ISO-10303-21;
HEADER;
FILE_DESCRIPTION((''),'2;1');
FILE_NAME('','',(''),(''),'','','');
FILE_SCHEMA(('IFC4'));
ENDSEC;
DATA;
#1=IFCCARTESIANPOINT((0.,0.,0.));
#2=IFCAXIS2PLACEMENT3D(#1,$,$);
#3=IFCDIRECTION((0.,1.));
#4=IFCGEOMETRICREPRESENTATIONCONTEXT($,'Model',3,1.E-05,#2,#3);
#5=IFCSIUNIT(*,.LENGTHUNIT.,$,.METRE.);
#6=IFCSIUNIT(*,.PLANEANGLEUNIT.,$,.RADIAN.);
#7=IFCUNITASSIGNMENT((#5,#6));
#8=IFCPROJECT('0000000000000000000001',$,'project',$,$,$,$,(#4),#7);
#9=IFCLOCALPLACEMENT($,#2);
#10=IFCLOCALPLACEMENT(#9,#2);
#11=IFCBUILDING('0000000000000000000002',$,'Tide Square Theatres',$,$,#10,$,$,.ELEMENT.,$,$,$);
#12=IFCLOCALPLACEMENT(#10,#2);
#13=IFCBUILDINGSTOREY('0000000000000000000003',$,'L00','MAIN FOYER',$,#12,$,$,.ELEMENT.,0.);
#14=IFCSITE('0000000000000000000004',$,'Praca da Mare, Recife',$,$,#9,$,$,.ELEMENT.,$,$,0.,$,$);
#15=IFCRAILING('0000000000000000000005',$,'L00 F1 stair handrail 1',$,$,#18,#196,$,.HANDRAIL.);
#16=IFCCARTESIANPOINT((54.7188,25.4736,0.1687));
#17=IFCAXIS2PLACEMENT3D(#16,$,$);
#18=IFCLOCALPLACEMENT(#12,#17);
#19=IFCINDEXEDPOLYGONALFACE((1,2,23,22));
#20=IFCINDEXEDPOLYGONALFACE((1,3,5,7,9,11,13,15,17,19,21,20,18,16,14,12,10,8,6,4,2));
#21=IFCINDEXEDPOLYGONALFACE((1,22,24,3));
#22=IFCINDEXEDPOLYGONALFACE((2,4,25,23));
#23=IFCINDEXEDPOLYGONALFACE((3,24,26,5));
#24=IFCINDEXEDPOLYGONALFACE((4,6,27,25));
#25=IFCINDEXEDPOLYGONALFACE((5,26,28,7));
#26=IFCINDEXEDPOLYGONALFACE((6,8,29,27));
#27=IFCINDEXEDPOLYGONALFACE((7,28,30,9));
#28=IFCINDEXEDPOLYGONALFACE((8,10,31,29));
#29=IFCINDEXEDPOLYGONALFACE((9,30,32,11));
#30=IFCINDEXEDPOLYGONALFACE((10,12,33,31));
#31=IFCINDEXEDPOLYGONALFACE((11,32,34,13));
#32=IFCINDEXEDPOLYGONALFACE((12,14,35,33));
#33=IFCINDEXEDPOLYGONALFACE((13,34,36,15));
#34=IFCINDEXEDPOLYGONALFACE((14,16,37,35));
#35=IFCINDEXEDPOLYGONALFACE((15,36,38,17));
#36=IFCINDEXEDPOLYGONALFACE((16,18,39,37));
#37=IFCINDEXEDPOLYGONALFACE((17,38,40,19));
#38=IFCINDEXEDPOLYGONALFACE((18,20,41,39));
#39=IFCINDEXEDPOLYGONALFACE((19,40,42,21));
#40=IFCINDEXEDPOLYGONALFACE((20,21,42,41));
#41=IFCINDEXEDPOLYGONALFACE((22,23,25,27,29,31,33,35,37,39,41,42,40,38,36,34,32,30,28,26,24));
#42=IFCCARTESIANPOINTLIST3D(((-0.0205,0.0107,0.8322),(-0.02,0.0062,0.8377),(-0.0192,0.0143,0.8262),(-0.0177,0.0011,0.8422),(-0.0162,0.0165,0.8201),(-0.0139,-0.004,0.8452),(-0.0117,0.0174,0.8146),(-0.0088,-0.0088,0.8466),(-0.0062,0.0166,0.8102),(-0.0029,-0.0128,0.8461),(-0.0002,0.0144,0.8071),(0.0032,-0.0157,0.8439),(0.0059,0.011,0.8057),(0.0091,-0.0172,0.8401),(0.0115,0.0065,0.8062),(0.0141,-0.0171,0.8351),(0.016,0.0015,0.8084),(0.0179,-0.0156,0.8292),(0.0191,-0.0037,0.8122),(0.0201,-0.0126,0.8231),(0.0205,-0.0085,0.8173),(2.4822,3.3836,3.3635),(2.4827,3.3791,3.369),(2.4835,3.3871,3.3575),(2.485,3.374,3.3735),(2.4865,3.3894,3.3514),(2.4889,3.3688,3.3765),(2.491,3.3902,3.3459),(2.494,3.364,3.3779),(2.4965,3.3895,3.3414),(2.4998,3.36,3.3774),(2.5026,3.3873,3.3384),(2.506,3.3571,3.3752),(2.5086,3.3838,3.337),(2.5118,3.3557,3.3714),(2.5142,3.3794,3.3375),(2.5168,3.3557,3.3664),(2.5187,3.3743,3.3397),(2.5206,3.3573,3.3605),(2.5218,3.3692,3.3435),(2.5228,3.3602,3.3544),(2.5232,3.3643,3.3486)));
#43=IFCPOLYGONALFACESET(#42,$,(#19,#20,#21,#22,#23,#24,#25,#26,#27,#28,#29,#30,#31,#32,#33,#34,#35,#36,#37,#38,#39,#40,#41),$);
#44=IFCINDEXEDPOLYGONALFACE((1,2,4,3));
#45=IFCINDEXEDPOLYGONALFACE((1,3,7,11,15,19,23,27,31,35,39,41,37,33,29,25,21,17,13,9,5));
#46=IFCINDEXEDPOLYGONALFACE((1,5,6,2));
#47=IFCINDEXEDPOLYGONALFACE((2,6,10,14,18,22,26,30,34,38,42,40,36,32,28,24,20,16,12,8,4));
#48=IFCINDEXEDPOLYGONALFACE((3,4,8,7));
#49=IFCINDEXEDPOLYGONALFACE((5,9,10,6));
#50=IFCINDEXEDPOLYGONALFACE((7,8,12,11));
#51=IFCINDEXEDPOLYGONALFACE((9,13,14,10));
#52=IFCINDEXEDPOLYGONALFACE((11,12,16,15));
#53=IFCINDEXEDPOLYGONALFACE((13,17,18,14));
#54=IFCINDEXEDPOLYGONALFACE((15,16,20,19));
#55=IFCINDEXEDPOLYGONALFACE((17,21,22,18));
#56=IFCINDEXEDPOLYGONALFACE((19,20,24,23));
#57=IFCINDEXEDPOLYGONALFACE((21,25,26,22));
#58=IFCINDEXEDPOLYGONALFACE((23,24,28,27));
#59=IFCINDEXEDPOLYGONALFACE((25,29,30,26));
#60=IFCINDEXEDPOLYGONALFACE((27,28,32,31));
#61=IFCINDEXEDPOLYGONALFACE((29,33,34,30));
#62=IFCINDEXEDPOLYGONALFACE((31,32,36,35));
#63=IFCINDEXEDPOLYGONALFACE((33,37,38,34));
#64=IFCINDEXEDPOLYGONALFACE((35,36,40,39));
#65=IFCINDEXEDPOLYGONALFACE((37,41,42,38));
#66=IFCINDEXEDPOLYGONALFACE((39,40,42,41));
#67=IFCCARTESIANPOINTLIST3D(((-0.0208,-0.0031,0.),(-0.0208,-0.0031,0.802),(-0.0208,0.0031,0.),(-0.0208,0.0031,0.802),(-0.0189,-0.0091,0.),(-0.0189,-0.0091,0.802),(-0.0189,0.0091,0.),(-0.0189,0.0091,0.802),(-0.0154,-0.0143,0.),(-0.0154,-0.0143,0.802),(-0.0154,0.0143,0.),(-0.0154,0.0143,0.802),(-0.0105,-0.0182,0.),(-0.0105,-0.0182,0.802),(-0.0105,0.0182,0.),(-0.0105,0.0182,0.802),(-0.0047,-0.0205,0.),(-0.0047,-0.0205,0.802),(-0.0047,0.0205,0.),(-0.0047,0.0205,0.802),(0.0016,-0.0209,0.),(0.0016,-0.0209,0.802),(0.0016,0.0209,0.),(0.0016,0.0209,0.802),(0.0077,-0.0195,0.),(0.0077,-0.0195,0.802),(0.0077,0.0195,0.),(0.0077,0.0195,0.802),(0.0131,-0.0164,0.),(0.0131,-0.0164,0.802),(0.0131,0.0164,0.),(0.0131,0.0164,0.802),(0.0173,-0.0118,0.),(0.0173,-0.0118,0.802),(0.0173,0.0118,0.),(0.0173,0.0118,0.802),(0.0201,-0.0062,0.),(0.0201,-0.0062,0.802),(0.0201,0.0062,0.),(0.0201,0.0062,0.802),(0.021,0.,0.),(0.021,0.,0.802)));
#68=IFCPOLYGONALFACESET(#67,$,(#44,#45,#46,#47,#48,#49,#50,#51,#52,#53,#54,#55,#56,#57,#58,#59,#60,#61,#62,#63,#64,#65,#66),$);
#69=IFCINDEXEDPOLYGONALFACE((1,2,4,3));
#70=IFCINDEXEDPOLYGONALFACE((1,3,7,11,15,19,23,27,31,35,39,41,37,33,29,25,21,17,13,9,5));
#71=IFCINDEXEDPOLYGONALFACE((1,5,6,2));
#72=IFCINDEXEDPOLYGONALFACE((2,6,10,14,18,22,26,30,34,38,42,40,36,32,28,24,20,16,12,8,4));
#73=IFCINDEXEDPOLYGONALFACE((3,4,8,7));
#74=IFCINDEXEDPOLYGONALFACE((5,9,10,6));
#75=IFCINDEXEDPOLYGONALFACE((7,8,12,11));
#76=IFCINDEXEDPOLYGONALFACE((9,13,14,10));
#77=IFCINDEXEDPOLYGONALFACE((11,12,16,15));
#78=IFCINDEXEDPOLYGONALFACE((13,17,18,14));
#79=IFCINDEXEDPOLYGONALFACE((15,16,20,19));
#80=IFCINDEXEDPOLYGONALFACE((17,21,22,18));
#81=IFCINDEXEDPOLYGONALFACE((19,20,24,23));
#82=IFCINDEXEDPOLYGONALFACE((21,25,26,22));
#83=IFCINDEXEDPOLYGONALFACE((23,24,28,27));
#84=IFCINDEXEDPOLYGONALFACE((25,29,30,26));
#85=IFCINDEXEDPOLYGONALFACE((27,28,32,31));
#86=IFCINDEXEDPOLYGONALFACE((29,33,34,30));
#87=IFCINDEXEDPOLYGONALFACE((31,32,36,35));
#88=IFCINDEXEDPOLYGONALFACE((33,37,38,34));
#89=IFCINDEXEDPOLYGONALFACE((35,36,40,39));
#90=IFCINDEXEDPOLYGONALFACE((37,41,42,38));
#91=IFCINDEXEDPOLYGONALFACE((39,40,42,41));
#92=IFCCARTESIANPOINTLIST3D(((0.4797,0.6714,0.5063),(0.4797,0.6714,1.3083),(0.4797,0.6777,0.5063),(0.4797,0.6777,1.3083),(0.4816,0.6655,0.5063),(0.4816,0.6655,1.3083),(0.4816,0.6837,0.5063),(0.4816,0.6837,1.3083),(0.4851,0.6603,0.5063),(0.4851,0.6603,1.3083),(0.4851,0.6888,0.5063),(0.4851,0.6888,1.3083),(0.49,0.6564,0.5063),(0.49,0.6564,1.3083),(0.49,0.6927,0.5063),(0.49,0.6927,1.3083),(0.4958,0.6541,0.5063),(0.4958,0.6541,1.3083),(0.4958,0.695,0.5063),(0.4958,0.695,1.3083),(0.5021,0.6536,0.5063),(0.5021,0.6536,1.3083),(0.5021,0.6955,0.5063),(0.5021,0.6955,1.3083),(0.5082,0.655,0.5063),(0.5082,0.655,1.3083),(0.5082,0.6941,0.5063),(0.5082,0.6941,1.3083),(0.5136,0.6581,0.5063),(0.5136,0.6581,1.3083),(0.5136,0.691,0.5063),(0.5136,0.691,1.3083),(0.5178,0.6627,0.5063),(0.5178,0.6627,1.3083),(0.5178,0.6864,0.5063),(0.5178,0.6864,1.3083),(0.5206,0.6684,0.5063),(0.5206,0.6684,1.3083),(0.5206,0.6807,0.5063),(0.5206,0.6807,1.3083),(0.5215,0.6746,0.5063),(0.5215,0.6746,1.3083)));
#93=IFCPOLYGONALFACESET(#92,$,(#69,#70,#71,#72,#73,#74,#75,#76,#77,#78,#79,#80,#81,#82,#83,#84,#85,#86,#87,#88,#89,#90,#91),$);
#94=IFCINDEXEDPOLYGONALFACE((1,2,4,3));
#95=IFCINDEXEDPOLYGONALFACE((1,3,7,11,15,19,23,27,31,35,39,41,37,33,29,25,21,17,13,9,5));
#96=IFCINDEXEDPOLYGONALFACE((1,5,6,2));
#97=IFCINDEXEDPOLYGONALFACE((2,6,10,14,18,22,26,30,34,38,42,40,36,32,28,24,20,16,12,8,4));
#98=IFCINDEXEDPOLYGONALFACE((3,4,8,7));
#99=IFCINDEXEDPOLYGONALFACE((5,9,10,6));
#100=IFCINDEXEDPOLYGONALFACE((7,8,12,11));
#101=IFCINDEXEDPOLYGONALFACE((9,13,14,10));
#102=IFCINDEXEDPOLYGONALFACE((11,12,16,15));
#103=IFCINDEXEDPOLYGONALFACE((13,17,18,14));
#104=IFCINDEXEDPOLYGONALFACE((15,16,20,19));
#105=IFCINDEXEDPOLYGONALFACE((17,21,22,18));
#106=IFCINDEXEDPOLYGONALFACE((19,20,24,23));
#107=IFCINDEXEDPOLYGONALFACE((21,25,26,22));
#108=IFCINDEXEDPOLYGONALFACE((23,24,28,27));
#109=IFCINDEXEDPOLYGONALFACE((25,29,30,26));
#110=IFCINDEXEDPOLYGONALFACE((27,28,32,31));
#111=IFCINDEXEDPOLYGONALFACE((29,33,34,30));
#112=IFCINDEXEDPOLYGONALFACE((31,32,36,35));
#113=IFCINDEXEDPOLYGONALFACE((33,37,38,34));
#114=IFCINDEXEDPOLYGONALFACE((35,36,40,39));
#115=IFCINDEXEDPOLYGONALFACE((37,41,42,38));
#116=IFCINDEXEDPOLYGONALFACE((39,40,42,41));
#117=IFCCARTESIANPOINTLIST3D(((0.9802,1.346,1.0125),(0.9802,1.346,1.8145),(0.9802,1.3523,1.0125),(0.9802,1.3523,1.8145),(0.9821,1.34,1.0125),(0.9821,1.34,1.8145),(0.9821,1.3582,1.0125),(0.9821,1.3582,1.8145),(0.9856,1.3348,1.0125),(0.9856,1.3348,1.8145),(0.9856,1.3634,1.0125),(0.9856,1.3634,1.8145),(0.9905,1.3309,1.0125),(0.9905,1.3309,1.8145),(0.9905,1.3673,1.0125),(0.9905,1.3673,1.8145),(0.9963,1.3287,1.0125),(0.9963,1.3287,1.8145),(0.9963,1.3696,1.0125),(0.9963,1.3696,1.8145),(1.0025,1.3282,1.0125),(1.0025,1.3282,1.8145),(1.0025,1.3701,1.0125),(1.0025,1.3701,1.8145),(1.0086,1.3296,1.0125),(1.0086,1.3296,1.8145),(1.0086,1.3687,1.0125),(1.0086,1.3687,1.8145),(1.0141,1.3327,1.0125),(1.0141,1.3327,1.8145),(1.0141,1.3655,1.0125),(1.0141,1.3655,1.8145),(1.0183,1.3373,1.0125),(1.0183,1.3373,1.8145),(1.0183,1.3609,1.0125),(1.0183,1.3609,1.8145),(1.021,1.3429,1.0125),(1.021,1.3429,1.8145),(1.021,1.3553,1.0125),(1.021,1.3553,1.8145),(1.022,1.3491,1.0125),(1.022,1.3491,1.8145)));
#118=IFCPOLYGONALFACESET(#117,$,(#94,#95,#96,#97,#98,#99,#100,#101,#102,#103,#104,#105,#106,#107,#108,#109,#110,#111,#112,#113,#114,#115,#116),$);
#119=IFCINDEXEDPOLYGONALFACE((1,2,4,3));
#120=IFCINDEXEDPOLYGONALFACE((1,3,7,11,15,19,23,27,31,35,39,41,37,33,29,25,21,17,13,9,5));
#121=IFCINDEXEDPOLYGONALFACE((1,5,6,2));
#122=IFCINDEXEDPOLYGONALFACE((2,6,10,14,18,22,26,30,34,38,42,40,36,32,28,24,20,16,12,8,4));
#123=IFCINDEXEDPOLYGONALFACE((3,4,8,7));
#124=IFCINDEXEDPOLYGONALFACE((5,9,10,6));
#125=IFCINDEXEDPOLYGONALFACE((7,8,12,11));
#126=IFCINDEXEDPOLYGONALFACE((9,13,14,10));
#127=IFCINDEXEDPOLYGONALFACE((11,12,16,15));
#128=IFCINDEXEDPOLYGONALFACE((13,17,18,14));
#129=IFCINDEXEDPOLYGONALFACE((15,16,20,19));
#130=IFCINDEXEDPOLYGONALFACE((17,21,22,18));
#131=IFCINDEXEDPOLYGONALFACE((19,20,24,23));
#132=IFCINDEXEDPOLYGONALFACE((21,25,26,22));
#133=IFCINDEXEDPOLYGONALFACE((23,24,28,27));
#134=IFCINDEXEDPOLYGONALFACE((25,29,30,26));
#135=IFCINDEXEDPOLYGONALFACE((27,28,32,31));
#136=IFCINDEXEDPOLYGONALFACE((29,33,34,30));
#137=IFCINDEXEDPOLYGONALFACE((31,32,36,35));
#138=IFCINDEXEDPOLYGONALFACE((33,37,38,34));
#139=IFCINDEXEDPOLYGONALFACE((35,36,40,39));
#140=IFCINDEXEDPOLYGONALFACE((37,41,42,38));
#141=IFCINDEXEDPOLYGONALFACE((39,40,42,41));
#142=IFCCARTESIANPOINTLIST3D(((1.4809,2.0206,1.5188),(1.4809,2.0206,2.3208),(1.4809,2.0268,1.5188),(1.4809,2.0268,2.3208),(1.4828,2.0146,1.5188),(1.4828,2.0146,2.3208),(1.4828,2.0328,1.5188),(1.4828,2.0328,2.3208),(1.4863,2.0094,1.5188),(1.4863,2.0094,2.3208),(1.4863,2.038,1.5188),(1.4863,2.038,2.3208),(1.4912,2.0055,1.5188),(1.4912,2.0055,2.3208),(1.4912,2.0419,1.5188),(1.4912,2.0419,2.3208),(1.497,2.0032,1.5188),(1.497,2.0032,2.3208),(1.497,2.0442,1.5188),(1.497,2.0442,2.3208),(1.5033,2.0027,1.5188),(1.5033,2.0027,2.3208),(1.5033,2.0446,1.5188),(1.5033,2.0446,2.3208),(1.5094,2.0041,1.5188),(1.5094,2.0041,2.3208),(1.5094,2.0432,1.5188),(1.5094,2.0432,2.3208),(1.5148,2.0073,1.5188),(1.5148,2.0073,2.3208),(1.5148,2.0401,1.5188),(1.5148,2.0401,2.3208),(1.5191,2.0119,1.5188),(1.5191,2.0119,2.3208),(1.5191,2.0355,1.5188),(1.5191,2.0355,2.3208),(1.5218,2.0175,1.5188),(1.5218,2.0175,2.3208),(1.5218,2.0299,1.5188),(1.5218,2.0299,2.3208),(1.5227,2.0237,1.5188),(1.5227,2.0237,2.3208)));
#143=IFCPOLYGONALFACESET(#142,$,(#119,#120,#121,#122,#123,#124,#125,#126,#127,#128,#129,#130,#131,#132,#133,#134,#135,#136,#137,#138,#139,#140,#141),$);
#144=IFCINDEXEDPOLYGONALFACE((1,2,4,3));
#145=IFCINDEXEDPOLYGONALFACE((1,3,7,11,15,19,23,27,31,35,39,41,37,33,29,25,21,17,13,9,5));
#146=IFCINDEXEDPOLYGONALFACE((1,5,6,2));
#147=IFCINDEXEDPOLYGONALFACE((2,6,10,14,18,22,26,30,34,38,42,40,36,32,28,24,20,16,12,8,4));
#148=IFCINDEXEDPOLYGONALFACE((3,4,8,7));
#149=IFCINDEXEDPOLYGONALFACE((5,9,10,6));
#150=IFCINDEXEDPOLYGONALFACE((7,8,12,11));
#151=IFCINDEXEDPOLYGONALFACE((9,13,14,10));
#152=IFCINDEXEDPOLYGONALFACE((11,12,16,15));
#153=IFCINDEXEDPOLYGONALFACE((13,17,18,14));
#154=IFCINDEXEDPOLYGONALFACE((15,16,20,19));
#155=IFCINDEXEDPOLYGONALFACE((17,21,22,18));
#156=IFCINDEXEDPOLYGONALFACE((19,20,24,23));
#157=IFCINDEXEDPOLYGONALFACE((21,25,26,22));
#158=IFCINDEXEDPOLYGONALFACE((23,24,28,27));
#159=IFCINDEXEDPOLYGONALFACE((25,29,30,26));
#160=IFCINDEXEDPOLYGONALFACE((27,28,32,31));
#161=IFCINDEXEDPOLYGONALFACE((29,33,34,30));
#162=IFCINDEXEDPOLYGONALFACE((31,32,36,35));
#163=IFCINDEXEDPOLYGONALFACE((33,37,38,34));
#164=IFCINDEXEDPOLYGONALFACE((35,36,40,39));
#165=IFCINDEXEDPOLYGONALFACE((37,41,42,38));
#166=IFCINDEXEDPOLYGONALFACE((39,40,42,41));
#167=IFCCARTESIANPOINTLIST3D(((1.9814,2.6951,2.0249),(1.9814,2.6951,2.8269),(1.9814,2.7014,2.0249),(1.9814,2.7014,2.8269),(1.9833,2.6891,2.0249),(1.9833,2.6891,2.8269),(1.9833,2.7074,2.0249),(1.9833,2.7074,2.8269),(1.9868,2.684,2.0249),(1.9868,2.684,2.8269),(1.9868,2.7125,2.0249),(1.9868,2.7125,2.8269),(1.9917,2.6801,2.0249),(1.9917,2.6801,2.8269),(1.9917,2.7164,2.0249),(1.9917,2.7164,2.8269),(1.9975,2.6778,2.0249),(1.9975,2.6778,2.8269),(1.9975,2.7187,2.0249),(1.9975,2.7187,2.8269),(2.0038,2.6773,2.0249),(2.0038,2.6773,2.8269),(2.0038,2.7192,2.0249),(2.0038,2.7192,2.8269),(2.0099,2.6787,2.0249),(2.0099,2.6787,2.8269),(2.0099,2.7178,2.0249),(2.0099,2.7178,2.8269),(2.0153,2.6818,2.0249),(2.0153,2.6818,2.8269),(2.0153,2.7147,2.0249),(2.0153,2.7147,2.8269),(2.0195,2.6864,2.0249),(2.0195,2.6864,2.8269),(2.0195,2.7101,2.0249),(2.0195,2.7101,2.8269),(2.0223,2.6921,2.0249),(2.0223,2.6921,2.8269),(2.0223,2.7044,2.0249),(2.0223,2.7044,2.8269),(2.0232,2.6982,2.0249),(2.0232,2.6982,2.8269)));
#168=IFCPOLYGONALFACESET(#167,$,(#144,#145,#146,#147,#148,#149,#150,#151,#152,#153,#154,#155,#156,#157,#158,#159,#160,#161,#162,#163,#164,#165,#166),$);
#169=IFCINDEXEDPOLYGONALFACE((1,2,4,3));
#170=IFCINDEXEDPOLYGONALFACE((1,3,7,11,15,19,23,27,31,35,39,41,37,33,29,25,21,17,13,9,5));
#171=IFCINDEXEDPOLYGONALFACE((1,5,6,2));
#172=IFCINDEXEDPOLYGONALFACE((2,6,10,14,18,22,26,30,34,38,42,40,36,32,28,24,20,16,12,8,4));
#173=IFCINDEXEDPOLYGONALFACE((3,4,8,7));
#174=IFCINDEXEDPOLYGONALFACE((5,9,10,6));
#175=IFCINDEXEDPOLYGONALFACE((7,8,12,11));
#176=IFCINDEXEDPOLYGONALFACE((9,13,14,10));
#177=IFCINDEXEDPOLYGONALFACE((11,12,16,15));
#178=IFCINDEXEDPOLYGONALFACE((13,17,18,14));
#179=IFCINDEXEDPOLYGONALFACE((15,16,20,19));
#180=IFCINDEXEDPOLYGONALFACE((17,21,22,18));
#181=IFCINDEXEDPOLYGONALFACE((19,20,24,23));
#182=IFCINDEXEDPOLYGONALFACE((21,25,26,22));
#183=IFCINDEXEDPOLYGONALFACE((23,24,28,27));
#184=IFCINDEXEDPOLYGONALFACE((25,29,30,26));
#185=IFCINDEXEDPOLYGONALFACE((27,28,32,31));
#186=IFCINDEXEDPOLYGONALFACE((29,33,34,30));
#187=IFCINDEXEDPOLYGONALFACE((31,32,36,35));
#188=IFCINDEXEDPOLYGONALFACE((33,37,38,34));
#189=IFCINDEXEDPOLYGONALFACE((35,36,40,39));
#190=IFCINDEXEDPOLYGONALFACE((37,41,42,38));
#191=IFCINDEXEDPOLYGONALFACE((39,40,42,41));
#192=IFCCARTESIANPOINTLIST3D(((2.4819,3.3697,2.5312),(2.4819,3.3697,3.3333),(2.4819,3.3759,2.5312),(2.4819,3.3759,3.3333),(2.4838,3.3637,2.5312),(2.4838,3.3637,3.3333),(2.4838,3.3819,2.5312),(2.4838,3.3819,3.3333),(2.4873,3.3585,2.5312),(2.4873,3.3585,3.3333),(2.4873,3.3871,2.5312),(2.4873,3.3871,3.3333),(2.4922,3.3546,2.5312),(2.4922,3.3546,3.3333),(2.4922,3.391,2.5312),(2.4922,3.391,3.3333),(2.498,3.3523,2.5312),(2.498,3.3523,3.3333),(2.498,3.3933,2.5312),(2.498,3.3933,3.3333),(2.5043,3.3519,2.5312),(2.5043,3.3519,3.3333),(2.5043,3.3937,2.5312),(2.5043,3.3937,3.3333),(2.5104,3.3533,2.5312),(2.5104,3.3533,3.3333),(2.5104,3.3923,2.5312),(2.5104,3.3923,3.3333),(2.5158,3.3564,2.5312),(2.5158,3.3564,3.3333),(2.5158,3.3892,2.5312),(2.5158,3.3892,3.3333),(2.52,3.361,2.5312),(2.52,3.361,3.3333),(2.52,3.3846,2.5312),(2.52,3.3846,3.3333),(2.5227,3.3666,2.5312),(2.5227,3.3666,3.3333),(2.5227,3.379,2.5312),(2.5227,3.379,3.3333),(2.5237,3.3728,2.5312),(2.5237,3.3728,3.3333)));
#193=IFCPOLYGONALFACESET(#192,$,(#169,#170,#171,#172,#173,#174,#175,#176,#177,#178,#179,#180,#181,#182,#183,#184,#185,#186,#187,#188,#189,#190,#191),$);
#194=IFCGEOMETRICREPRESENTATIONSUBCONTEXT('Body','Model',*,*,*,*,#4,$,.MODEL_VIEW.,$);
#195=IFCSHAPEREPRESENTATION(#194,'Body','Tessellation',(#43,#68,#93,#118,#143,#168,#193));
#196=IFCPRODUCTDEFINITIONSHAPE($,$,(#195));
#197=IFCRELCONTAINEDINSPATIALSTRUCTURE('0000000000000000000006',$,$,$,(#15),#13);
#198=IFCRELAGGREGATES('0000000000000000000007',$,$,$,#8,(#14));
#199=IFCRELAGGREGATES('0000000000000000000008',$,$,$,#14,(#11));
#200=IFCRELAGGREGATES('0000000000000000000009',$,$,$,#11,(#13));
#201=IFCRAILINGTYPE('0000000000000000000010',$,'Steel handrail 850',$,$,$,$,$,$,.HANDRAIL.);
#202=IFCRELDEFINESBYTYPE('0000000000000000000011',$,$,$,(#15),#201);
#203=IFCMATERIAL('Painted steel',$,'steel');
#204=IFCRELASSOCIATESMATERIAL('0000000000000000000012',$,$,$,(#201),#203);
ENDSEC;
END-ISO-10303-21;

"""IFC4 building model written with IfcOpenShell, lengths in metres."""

from ifc_helpers import new_model, si_unit, direction, frame, origin, origin_2d, place, context, subcontext, project, spatial, circle, extrude, material, type_object, element, save


model = new_model("IFC4")

# Units and contexts
model_context = context("Model", 3, precision=1e-05, world=origin(), true_north=direction((0.0, 1.0)))
body_context = subcontext(model_context, "Body", "Model", "MODEL_VIEW")
ifc_project = project(units=[si_unit("LENGTHUNIT", "METRE"), si_unit("PLANEANGLEUNIT", "RADIAN")], contexts=[model_context])

# Site, building, storey
site_placement = place(None, origin())
site = spatial("IfcSite", under=ifc_project, at=site_placement, Name="Praca da Mare, Recife", CompositionType="ELEMENT", RefElevation=0.0)
building_placement = place(site_placement, origin())
building = spatial("IfcBuilding", under=site, at=building_placement, Name="Tide Square Theatres", CompositionType="ELEMENT")
storey_placement = place(building_placement, origin())
storey = spatial("IfcBuildingStorey", under=building, at=storey_placement, Name="L00", Description="MAIN FOYER", CompositionType="ELEMENT", Elevation=0.0)

# Railing
ifc_material_1 = material(Name="Painted steel", Category="steel")
railing_type_1 = type_object("IfcRailingType", Name="Steel handrail 850", PredefinedType="HANDRAIL", material=ifc_material_1)
railing_1_placement = place(storey_placement, frame((54.7188, 25.4736, 0.1687)))
element("IfcRailing", 1, at=railing_1_placement, inside=storey, type_object=railing_type_1, Name="L00 F1 stair handrail 1", PredefinedType="HANDRAIL", context=body_context, shape_type="SweptSolid", body=[
    extrude(circle(Radius=0.0239, at=origin_2d()), frame((0.0, 0.0, 0.8262), z_axis=(0.510365, 0.687805, 0.51619), x_axis=(-0.803066, 0.59589, 0.0)), (0.0, 0.0, 1.0), 4.9038),
    extrude(circle(Radius=0.021, at=origin_2d()), origin(), (0.0, 0.0, 1.0), 0.802),
    extrude(circle(Radius=0.021, at=origin_2d()), frame((0.5005, 0.6746, 0.5063)), (0.0, 0.0, 1.0), 0.802),
    extrude(circle(Radius=0.021, at=origin_2d()), frame((1.001, 1.3491, 1.0125)), (0.0, 0.0, 1.0), 0.802),
    extrude(circle(Radius=0.021, at=origin_2d()), frame((1.5017, 2.0237, 1.5188)), (0.0, 0.0, 1.0), 0.802),
    extrude(circle(Radius=0.021, at=origin_2d()), frame((2.0022, 2.6982, 2.0249)), (0.0, 0.0, 1.0), 0.802),
    extrude(circle(Radius=0.021, at=origin_2d()), frame((2.5027, 3.3728, 2.5312)), (0.0, 0.0, 1.0), 0.802),
])

save(model, "model.ifc")
